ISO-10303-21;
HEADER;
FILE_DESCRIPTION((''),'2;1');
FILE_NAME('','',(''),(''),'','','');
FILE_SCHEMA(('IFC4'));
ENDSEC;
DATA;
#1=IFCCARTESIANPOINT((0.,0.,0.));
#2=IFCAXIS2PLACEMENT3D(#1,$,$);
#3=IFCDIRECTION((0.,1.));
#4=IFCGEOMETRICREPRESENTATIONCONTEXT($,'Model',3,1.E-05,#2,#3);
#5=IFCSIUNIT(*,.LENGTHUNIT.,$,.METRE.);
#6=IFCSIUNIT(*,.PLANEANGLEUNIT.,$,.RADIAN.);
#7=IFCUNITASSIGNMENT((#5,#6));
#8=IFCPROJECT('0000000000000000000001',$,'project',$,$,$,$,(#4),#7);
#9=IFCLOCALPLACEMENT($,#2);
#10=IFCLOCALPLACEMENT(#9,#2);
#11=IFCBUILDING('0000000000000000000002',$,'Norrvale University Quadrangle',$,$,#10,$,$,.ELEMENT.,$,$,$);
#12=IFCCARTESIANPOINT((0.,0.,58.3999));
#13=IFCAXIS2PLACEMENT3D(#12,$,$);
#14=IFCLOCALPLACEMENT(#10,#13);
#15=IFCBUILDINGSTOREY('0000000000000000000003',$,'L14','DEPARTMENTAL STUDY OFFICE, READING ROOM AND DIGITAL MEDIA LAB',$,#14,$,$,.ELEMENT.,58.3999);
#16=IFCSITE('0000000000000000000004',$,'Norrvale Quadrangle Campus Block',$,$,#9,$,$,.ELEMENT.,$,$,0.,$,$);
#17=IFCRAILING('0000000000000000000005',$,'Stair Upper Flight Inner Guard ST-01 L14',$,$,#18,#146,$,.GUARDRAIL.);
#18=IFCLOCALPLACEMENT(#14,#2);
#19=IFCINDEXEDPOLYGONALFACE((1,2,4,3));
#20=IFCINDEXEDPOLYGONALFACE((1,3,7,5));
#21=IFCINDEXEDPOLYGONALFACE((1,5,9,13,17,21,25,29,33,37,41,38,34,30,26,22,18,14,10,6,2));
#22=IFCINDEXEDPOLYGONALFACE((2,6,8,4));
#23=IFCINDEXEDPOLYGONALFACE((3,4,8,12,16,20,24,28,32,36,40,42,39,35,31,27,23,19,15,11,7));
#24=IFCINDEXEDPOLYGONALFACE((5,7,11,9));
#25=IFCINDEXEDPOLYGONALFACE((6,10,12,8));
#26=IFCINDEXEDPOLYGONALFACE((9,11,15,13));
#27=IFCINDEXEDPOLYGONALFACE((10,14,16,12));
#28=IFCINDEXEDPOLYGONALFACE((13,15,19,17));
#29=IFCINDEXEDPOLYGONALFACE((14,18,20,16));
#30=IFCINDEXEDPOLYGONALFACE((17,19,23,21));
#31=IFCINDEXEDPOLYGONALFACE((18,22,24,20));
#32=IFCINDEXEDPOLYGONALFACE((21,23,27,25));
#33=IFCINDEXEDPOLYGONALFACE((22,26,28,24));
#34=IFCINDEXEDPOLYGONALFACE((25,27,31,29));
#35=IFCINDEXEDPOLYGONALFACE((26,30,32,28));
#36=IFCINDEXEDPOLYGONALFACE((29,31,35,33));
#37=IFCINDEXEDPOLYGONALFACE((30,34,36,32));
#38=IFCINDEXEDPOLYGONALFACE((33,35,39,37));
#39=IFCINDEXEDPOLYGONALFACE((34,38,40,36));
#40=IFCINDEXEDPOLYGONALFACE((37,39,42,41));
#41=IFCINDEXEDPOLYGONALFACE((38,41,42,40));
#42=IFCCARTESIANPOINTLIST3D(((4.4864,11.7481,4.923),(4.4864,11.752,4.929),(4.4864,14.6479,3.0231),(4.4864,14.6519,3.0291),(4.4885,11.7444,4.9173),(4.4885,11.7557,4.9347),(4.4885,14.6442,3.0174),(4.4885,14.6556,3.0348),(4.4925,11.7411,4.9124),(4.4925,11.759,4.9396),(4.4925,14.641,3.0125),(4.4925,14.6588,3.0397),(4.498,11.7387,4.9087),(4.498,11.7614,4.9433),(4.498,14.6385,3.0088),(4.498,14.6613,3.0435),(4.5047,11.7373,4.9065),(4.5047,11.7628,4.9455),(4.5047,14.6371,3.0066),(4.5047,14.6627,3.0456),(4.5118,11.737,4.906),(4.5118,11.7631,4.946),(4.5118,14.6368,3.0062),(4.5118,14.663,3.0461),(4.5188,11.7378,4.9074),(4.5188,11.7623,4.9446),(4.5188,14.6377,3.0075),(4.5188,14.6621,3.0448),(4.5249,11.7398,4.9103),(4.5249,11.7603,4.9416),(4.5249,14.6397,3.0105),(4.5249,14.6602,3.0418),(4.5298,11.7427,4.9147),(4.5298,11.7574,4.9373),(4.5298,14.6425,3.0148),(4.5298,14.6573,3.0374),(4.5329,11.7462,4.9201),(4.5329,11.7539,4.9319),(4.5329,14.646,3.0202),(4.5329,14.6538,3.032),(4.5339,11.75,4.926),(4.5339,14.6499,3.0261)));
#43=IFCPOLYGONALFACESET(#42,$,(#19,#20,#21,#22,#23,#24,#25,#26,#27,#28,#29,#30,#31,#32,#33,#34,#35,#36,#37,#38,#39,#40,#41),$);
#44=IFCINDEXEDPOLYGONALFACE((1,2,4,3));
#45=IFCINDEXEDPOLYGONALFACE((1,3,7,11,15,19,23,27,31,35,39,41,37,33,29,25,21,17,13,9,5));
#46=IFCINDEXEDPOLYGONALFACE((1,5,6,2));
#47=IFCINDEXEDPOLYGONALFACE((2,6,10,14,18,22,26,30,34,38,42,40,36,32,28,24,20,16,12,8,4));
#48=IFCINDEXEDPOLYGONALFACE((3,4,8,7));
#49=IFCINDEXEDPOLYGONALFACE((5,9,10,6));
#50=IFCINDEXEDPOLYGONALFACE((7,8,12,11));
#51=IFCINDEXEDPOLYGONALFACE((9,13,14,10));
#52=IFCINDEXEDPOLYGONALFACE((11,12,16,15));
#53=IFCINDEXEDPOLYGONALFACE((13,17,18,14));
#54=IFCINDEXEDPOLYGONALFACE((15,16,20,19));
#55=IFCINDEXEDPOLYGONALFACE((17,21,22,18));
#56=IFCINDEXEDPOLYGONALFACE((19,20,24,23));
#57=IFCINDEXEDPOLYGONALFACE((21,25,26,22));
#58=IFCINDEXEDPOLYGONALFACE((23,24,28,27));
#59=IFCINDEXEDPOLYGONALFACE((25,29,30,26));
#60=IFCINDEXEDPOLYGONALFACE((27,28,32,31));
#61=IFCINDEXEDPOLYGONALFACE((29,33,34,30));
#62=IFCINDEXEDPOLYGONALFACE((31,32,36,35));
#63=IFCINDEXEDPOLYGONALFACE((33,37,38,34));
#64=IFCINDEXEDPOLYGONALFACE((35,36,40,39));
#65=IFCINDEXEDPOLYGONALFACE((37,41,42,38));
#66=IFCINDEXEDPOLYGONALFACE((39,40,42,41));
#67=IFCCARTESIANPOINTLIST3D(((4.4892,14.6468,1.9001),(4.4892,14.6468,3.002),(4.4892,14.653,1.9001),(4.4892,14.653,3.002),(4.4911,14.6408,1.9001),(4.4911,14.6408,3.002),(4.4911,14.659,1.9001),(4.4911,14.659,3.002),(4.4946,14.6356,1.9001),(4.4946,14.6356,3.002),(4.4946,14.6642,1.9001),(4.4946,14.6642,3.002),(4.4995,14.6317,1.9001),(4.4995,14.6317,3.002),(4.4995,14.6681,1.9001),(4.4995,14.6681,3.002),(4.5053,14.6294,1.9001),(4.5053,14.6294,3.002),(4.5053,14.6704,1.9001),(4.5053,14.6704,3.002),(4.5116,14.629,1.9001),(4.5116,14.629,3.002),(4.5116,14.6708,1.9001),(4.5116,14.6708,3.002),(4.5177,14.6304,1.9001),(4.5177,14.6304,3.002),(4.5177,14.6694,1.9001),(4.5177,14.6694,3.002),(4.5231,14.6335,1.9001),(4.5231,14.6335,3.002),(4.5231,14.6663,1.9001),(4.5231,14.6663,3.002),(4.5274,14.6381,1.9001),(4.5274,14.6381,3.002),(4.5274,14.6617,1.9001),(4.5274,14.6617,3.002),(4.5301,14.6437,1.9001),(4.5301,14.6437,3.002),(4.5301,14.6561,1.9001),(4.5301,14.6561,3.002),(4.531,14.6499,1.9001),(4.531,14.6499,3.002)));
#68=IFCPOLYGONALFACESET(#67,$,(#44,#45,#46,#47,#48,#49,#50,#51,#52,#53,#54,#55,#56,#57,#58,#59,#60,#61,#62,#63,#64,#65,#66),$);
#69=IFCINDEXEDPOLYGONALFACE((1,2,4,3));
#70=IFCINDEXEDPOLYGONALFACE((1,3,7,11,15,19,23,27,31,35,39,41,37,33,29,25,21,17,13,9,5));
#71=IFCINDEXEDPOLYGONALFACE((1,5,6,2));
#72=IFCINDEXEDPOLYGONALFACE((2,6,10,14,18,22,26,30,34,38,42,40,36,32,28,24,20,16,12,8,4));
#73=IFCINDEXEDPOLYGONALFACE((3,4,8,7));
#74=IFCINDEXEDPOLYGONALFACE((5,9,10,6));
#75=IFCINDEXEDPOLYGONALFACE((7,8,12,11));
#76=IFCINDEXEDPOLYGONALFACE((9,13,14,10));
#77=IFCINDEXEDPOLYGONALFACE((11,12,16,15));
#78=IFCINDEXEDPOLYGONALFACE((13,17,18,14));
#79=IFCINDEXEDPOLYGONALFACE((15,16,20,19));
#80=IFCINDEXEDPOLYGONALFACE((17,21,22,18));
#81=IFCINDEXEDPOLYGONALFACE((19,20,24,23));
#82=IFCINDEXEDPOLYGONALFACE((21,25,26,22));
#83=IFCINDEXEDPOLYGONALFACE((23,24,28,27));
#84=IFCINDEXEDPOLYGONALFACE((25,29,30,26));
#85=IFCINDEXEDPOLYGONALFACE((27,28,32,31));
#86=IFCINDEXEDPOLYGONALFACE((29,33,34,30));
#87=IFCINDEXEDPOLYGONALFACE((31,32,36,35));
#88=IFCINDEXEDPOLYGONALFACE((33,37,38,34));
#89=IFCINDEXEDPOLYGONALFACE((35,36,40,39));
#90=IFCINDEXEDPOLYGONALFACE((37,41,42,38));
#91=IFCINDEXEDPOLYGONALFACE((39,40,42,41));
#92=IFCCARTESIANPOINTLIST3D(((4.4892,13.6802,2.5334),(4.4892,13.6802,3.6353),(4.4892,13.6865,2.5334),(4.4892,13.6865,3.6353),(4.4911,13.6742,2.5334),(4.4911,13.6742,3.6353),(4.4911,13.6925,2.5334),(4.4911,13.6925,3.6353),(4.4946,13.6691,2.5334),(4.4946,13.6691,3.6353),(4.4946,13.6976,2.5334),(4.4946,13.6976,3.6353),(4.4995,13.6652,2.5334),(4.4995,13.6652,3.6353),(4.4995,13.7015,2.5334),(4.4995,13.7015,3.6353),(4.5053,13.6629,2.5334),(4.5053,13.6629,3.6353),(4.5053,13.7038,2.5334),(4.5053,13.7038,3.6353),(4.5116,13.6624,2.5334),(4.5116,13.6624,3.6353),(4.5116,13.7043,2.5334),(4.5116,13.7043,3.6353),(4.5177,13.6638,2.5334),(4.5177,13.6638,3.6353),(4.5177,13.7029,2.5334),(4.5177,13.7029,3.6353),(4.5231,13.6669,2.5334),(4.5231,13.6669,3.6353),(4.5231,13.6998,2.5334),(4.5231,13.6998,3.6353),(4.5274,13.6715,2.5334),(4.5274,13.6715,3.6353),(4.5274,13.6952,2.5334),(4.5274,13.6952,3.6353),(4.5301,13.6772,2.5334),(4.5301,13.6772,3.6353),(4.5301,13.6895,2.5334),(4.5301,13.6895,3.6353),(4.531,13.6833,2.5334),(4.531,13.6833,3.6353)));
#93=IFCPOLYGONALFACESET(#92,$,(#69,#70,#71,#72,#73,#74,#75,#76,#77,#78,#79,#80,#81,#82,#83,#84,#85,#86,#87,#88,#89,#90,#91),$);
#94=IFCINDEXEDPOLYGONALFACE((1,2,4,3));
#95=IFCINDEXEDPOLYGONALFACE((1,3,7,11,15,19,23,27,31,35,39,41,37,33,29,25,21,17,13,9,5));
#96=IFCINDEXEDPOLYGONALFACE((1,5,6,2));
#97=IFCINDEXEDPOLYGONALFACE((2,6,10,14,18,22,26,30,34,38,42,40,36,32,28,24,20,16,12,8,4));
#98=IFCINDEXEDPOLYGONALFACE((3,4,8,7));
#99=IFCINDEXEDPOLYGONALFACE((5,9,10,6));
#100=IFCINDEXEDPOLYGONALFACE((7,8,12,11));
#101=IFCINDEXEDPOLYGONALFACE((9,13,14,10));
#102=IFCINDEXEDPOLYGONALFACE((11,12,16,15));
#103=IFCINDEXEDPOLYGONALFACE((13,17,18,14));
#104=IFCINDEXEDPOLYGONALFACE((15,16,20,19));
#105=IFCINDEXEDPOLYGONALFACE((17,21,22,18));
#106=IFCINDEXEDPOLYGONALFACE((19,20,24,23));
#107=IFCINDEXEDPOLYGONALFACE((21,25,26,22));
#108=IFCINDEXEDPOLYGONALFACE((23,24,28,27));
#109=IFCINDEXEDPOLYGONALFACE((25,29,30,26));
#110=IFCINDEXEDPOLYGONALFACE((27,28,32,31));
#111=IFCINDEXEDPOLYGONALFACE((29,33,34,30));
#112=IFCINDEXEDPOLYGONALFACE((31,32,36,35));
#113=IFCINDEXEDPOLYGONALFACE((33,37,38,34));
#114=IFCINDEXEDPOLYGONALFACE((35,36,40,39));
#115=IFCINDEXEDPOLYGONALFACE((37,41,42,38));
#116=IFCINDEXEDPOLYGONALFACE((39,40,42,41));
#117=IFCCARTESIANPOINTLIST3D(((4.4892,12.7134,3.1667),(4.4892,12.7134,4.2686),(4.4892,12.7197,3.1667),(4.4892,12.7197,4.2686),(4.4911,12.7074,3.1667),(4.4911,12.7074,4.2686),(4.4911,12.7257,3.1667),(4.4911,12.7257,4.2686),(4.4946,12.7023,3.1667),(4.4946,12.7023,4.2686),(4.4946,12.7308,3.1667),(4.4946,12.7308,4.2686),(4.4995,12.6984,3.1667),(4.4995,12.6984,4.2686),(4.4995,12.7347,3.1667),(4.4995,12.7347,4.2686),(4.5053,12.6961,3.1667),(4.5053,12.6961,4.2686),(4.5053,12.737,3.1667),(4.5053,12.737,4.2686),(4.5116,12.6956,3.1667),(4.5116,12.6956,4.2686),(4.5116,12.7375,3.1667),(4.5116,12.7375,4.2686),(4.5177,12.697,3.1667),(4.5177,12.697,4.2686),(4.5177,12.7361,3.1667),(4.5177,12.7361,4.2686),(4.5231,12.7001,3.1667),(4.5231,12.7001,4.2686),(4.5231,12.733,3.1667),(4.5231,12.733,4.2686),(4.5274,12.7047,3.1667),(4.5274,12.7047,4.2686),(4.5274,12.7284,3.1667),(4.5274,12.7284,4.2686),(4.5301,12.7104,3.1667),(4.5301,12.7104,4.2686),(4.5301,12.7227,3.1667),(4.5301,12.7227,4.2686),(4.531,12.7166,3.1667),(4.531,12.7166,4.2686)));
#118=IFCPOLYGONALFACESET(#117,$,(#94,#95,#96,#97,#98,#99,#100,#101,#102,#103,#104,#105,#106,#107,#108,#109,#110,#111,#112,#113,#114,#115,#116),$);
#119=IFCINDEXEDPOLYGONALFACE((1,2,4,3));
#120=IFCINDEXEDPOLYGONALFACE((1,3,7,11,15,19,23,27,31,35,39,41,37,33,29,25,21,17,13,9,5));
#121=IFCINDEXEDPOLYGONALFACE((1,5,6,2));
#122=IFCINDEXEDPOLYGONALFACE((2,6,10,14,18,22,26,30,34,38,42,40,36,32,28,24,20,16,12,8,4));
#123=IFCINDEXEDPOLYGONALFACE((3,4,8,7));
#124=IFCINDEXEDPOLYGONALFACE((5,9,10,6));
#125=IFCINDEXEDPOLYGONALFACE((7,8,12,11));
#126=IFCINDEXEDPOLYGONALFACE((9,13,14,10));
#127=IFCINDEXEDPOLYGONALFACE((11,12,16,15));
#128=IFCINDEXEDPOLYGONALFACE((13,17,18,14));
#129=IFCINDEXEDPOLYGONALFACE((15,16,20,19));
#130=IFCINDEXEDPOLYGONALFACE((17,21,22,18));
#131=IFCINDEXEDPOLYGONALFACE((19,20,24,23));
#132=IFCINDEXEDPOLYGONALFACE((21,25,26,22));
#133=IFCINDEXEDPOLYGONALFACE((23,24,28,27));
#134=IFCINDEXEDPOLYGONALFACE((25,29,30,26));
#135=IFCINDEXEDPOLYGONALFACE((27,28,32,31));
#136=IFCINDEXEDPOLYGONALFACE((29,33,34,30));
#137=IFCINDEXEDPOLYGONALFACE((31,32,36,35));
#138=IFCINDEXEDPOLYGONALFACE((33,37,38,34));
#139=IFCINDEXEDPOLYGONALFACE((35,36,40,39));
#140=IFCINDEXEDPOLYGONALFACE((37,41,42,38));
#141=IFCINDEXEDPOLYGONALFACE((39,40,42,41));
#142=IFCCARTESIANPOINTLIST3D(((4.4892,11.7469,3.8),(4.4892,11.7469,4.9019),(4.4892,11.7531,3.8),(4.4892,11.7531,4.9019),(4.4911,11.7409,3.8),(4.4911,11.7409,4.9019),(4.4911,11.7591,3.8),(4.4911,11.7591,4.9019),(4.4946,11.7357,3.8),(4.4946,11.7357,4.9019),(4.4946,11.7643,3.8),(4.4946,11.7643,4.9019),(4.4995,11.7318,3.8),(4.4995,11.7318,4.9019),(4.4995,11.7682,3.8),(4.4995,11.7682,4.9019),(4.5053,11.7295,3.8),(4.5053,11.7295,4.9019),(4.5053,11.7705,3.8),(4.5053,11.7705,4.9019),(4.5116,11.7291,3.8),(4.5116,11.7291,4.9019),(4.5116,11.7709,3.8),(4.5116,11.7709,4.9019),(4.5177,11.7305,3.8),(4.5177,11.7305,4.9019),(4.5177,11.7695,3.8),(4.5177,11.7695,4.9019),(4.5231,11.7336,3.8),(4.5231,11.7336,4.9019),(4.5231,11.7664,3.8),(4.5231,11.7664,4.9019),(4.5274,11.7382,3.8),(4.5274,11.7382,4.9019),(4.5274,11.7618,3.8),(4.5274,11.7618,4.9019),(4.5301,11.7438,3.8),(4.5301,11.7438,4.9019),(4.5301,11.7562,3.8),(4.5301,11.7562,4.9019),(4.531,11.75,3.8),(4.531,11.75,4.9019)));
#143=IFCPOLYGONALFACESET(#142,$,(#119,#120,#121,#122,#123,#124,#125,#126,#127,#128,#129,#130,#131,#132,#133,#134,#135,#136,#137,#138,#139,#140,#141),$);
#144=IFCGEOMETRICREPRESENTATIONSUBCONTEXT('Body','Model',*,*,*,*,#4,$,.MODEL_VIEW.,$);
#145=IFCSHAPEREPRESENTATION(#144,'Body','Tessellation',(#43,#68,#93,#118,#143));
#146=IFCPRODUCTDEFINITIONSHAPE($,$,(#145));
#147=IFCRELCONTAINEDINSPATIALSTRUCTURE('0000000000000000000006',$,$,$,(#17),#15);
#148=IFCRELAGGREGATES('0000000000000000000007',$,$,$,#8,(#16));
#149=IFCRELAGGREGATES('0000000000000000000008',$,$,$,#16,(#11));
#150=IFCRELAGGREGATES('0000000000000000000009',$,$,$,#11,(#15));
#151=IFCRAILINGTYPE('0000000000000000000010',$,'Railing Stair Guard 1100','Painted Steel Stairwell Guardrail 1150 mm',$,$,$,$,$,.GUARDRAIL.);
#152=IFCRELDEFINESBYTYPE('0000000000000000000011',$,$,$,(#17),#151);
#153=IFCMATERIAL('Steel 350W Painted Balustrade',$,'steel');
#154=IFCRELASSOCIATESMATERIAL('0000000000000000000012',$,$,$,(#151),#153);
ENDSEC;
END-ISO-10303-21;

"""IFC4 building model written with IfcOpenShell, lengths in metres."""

from ifc_helpers import new_model, si_unit, direction, frame, origin, origin_2d, place, context, subcontext, project, spatial, circle, extrude, material, type_object, element, save


model = new_model("IFC4")

# Units and contexts
model_context = context("Model", 3, precision=1e-05, world=origin(), true_north=direction((0.0, 1.0)))
body_context = subcontext(model_context, "Body", "Model", "MODEL_VIEW")
ifc_project = project(units=[si_unit("LENGTHUNIT", "METRE"), si_unit("PLANEANGLEUNIT", "RADIAN")], contexts=[model_context])

# Site, building, storey
site_placement = place(None, origin())
site = spatial("IfcSite", under=ifc_project, at=site_placement, Name="Norrvale Quadrangle Campus Block", CompositionType="ELEMENT", RefElevation=0.0)
building_placement = place(site_placement, origin())
building = spatial("IfcBuilding", under=site, at=building_placement, Name="Norrvale University Quadrangle", CompositionType="ELEMENT")
storey_placement = place(building_placement, frame((0.0, 0.0, 58.3999)))
storey = spatial("IfcBuildingStorey", under=building, at=storey_placement, Name="L14", Description="DEPARTMENTAL STUDY OFFICE, READING ROOM AND DIGITAL MEDIA LAB", CompositionType="ELEMENT", Elevation=58.3999)

# Railing
ifc_material_1 = material(Name="Steel 350W Painted Balustrade", Category="steel")
railing_type_1 = type_object("IfcRailingType", Name="Railing Stair Guard 1100", Description="Painted Steel Stairwell Guardrail 1150 mm", PredefinedType="GUARDRAIL", material=ifc_material_1)
railing_1_placement = place(storey_placement, frame((4.51, 14.6499, 1.9001)))
element("IfcRailing", 1, at=railing_1_placement, inside=storey, type_object=railing_type_1, Name="Stair Upper Flight Inner Guard ST-01 L14", PredefinedType="GUARDRAIL", context=body_context, shape_type="SweptSolid", body=[
    extrude(circle(Radius=0.0239, at=origin_2d()), frame((0.0, 0.0, 1.126), z_axis=(0.0, -0.836466, 0.548019), x_axis=(1.0, 0.0, 0.0)), (0.0, 0.0, 1.0), 3.4668),
    extrude(circle(Radius=0.021, at=origin_2d()), origin(), (0.0, 0.0, 1.0), 1.1018),
    extrude(circle(Radius=0.021, at=origin_2d()), frame((0.0, -0.9666, 0.6333)), (0.0, 0.0, 1.0), 1.1018),
    extrude(circle(Radius=0.021, at=origin_2d()), frame((0.0, -1.9333, 1.2666)), (0.0, 0.0, 1.0), 1.1018),
    extrude(circle(Radius=0.021, at=origin_2d()), frame((0.0, -2.8999, 1.8999)), (0.0, 0.0, 1.0), 1.1018),
])

save(model, "model.ifc")
